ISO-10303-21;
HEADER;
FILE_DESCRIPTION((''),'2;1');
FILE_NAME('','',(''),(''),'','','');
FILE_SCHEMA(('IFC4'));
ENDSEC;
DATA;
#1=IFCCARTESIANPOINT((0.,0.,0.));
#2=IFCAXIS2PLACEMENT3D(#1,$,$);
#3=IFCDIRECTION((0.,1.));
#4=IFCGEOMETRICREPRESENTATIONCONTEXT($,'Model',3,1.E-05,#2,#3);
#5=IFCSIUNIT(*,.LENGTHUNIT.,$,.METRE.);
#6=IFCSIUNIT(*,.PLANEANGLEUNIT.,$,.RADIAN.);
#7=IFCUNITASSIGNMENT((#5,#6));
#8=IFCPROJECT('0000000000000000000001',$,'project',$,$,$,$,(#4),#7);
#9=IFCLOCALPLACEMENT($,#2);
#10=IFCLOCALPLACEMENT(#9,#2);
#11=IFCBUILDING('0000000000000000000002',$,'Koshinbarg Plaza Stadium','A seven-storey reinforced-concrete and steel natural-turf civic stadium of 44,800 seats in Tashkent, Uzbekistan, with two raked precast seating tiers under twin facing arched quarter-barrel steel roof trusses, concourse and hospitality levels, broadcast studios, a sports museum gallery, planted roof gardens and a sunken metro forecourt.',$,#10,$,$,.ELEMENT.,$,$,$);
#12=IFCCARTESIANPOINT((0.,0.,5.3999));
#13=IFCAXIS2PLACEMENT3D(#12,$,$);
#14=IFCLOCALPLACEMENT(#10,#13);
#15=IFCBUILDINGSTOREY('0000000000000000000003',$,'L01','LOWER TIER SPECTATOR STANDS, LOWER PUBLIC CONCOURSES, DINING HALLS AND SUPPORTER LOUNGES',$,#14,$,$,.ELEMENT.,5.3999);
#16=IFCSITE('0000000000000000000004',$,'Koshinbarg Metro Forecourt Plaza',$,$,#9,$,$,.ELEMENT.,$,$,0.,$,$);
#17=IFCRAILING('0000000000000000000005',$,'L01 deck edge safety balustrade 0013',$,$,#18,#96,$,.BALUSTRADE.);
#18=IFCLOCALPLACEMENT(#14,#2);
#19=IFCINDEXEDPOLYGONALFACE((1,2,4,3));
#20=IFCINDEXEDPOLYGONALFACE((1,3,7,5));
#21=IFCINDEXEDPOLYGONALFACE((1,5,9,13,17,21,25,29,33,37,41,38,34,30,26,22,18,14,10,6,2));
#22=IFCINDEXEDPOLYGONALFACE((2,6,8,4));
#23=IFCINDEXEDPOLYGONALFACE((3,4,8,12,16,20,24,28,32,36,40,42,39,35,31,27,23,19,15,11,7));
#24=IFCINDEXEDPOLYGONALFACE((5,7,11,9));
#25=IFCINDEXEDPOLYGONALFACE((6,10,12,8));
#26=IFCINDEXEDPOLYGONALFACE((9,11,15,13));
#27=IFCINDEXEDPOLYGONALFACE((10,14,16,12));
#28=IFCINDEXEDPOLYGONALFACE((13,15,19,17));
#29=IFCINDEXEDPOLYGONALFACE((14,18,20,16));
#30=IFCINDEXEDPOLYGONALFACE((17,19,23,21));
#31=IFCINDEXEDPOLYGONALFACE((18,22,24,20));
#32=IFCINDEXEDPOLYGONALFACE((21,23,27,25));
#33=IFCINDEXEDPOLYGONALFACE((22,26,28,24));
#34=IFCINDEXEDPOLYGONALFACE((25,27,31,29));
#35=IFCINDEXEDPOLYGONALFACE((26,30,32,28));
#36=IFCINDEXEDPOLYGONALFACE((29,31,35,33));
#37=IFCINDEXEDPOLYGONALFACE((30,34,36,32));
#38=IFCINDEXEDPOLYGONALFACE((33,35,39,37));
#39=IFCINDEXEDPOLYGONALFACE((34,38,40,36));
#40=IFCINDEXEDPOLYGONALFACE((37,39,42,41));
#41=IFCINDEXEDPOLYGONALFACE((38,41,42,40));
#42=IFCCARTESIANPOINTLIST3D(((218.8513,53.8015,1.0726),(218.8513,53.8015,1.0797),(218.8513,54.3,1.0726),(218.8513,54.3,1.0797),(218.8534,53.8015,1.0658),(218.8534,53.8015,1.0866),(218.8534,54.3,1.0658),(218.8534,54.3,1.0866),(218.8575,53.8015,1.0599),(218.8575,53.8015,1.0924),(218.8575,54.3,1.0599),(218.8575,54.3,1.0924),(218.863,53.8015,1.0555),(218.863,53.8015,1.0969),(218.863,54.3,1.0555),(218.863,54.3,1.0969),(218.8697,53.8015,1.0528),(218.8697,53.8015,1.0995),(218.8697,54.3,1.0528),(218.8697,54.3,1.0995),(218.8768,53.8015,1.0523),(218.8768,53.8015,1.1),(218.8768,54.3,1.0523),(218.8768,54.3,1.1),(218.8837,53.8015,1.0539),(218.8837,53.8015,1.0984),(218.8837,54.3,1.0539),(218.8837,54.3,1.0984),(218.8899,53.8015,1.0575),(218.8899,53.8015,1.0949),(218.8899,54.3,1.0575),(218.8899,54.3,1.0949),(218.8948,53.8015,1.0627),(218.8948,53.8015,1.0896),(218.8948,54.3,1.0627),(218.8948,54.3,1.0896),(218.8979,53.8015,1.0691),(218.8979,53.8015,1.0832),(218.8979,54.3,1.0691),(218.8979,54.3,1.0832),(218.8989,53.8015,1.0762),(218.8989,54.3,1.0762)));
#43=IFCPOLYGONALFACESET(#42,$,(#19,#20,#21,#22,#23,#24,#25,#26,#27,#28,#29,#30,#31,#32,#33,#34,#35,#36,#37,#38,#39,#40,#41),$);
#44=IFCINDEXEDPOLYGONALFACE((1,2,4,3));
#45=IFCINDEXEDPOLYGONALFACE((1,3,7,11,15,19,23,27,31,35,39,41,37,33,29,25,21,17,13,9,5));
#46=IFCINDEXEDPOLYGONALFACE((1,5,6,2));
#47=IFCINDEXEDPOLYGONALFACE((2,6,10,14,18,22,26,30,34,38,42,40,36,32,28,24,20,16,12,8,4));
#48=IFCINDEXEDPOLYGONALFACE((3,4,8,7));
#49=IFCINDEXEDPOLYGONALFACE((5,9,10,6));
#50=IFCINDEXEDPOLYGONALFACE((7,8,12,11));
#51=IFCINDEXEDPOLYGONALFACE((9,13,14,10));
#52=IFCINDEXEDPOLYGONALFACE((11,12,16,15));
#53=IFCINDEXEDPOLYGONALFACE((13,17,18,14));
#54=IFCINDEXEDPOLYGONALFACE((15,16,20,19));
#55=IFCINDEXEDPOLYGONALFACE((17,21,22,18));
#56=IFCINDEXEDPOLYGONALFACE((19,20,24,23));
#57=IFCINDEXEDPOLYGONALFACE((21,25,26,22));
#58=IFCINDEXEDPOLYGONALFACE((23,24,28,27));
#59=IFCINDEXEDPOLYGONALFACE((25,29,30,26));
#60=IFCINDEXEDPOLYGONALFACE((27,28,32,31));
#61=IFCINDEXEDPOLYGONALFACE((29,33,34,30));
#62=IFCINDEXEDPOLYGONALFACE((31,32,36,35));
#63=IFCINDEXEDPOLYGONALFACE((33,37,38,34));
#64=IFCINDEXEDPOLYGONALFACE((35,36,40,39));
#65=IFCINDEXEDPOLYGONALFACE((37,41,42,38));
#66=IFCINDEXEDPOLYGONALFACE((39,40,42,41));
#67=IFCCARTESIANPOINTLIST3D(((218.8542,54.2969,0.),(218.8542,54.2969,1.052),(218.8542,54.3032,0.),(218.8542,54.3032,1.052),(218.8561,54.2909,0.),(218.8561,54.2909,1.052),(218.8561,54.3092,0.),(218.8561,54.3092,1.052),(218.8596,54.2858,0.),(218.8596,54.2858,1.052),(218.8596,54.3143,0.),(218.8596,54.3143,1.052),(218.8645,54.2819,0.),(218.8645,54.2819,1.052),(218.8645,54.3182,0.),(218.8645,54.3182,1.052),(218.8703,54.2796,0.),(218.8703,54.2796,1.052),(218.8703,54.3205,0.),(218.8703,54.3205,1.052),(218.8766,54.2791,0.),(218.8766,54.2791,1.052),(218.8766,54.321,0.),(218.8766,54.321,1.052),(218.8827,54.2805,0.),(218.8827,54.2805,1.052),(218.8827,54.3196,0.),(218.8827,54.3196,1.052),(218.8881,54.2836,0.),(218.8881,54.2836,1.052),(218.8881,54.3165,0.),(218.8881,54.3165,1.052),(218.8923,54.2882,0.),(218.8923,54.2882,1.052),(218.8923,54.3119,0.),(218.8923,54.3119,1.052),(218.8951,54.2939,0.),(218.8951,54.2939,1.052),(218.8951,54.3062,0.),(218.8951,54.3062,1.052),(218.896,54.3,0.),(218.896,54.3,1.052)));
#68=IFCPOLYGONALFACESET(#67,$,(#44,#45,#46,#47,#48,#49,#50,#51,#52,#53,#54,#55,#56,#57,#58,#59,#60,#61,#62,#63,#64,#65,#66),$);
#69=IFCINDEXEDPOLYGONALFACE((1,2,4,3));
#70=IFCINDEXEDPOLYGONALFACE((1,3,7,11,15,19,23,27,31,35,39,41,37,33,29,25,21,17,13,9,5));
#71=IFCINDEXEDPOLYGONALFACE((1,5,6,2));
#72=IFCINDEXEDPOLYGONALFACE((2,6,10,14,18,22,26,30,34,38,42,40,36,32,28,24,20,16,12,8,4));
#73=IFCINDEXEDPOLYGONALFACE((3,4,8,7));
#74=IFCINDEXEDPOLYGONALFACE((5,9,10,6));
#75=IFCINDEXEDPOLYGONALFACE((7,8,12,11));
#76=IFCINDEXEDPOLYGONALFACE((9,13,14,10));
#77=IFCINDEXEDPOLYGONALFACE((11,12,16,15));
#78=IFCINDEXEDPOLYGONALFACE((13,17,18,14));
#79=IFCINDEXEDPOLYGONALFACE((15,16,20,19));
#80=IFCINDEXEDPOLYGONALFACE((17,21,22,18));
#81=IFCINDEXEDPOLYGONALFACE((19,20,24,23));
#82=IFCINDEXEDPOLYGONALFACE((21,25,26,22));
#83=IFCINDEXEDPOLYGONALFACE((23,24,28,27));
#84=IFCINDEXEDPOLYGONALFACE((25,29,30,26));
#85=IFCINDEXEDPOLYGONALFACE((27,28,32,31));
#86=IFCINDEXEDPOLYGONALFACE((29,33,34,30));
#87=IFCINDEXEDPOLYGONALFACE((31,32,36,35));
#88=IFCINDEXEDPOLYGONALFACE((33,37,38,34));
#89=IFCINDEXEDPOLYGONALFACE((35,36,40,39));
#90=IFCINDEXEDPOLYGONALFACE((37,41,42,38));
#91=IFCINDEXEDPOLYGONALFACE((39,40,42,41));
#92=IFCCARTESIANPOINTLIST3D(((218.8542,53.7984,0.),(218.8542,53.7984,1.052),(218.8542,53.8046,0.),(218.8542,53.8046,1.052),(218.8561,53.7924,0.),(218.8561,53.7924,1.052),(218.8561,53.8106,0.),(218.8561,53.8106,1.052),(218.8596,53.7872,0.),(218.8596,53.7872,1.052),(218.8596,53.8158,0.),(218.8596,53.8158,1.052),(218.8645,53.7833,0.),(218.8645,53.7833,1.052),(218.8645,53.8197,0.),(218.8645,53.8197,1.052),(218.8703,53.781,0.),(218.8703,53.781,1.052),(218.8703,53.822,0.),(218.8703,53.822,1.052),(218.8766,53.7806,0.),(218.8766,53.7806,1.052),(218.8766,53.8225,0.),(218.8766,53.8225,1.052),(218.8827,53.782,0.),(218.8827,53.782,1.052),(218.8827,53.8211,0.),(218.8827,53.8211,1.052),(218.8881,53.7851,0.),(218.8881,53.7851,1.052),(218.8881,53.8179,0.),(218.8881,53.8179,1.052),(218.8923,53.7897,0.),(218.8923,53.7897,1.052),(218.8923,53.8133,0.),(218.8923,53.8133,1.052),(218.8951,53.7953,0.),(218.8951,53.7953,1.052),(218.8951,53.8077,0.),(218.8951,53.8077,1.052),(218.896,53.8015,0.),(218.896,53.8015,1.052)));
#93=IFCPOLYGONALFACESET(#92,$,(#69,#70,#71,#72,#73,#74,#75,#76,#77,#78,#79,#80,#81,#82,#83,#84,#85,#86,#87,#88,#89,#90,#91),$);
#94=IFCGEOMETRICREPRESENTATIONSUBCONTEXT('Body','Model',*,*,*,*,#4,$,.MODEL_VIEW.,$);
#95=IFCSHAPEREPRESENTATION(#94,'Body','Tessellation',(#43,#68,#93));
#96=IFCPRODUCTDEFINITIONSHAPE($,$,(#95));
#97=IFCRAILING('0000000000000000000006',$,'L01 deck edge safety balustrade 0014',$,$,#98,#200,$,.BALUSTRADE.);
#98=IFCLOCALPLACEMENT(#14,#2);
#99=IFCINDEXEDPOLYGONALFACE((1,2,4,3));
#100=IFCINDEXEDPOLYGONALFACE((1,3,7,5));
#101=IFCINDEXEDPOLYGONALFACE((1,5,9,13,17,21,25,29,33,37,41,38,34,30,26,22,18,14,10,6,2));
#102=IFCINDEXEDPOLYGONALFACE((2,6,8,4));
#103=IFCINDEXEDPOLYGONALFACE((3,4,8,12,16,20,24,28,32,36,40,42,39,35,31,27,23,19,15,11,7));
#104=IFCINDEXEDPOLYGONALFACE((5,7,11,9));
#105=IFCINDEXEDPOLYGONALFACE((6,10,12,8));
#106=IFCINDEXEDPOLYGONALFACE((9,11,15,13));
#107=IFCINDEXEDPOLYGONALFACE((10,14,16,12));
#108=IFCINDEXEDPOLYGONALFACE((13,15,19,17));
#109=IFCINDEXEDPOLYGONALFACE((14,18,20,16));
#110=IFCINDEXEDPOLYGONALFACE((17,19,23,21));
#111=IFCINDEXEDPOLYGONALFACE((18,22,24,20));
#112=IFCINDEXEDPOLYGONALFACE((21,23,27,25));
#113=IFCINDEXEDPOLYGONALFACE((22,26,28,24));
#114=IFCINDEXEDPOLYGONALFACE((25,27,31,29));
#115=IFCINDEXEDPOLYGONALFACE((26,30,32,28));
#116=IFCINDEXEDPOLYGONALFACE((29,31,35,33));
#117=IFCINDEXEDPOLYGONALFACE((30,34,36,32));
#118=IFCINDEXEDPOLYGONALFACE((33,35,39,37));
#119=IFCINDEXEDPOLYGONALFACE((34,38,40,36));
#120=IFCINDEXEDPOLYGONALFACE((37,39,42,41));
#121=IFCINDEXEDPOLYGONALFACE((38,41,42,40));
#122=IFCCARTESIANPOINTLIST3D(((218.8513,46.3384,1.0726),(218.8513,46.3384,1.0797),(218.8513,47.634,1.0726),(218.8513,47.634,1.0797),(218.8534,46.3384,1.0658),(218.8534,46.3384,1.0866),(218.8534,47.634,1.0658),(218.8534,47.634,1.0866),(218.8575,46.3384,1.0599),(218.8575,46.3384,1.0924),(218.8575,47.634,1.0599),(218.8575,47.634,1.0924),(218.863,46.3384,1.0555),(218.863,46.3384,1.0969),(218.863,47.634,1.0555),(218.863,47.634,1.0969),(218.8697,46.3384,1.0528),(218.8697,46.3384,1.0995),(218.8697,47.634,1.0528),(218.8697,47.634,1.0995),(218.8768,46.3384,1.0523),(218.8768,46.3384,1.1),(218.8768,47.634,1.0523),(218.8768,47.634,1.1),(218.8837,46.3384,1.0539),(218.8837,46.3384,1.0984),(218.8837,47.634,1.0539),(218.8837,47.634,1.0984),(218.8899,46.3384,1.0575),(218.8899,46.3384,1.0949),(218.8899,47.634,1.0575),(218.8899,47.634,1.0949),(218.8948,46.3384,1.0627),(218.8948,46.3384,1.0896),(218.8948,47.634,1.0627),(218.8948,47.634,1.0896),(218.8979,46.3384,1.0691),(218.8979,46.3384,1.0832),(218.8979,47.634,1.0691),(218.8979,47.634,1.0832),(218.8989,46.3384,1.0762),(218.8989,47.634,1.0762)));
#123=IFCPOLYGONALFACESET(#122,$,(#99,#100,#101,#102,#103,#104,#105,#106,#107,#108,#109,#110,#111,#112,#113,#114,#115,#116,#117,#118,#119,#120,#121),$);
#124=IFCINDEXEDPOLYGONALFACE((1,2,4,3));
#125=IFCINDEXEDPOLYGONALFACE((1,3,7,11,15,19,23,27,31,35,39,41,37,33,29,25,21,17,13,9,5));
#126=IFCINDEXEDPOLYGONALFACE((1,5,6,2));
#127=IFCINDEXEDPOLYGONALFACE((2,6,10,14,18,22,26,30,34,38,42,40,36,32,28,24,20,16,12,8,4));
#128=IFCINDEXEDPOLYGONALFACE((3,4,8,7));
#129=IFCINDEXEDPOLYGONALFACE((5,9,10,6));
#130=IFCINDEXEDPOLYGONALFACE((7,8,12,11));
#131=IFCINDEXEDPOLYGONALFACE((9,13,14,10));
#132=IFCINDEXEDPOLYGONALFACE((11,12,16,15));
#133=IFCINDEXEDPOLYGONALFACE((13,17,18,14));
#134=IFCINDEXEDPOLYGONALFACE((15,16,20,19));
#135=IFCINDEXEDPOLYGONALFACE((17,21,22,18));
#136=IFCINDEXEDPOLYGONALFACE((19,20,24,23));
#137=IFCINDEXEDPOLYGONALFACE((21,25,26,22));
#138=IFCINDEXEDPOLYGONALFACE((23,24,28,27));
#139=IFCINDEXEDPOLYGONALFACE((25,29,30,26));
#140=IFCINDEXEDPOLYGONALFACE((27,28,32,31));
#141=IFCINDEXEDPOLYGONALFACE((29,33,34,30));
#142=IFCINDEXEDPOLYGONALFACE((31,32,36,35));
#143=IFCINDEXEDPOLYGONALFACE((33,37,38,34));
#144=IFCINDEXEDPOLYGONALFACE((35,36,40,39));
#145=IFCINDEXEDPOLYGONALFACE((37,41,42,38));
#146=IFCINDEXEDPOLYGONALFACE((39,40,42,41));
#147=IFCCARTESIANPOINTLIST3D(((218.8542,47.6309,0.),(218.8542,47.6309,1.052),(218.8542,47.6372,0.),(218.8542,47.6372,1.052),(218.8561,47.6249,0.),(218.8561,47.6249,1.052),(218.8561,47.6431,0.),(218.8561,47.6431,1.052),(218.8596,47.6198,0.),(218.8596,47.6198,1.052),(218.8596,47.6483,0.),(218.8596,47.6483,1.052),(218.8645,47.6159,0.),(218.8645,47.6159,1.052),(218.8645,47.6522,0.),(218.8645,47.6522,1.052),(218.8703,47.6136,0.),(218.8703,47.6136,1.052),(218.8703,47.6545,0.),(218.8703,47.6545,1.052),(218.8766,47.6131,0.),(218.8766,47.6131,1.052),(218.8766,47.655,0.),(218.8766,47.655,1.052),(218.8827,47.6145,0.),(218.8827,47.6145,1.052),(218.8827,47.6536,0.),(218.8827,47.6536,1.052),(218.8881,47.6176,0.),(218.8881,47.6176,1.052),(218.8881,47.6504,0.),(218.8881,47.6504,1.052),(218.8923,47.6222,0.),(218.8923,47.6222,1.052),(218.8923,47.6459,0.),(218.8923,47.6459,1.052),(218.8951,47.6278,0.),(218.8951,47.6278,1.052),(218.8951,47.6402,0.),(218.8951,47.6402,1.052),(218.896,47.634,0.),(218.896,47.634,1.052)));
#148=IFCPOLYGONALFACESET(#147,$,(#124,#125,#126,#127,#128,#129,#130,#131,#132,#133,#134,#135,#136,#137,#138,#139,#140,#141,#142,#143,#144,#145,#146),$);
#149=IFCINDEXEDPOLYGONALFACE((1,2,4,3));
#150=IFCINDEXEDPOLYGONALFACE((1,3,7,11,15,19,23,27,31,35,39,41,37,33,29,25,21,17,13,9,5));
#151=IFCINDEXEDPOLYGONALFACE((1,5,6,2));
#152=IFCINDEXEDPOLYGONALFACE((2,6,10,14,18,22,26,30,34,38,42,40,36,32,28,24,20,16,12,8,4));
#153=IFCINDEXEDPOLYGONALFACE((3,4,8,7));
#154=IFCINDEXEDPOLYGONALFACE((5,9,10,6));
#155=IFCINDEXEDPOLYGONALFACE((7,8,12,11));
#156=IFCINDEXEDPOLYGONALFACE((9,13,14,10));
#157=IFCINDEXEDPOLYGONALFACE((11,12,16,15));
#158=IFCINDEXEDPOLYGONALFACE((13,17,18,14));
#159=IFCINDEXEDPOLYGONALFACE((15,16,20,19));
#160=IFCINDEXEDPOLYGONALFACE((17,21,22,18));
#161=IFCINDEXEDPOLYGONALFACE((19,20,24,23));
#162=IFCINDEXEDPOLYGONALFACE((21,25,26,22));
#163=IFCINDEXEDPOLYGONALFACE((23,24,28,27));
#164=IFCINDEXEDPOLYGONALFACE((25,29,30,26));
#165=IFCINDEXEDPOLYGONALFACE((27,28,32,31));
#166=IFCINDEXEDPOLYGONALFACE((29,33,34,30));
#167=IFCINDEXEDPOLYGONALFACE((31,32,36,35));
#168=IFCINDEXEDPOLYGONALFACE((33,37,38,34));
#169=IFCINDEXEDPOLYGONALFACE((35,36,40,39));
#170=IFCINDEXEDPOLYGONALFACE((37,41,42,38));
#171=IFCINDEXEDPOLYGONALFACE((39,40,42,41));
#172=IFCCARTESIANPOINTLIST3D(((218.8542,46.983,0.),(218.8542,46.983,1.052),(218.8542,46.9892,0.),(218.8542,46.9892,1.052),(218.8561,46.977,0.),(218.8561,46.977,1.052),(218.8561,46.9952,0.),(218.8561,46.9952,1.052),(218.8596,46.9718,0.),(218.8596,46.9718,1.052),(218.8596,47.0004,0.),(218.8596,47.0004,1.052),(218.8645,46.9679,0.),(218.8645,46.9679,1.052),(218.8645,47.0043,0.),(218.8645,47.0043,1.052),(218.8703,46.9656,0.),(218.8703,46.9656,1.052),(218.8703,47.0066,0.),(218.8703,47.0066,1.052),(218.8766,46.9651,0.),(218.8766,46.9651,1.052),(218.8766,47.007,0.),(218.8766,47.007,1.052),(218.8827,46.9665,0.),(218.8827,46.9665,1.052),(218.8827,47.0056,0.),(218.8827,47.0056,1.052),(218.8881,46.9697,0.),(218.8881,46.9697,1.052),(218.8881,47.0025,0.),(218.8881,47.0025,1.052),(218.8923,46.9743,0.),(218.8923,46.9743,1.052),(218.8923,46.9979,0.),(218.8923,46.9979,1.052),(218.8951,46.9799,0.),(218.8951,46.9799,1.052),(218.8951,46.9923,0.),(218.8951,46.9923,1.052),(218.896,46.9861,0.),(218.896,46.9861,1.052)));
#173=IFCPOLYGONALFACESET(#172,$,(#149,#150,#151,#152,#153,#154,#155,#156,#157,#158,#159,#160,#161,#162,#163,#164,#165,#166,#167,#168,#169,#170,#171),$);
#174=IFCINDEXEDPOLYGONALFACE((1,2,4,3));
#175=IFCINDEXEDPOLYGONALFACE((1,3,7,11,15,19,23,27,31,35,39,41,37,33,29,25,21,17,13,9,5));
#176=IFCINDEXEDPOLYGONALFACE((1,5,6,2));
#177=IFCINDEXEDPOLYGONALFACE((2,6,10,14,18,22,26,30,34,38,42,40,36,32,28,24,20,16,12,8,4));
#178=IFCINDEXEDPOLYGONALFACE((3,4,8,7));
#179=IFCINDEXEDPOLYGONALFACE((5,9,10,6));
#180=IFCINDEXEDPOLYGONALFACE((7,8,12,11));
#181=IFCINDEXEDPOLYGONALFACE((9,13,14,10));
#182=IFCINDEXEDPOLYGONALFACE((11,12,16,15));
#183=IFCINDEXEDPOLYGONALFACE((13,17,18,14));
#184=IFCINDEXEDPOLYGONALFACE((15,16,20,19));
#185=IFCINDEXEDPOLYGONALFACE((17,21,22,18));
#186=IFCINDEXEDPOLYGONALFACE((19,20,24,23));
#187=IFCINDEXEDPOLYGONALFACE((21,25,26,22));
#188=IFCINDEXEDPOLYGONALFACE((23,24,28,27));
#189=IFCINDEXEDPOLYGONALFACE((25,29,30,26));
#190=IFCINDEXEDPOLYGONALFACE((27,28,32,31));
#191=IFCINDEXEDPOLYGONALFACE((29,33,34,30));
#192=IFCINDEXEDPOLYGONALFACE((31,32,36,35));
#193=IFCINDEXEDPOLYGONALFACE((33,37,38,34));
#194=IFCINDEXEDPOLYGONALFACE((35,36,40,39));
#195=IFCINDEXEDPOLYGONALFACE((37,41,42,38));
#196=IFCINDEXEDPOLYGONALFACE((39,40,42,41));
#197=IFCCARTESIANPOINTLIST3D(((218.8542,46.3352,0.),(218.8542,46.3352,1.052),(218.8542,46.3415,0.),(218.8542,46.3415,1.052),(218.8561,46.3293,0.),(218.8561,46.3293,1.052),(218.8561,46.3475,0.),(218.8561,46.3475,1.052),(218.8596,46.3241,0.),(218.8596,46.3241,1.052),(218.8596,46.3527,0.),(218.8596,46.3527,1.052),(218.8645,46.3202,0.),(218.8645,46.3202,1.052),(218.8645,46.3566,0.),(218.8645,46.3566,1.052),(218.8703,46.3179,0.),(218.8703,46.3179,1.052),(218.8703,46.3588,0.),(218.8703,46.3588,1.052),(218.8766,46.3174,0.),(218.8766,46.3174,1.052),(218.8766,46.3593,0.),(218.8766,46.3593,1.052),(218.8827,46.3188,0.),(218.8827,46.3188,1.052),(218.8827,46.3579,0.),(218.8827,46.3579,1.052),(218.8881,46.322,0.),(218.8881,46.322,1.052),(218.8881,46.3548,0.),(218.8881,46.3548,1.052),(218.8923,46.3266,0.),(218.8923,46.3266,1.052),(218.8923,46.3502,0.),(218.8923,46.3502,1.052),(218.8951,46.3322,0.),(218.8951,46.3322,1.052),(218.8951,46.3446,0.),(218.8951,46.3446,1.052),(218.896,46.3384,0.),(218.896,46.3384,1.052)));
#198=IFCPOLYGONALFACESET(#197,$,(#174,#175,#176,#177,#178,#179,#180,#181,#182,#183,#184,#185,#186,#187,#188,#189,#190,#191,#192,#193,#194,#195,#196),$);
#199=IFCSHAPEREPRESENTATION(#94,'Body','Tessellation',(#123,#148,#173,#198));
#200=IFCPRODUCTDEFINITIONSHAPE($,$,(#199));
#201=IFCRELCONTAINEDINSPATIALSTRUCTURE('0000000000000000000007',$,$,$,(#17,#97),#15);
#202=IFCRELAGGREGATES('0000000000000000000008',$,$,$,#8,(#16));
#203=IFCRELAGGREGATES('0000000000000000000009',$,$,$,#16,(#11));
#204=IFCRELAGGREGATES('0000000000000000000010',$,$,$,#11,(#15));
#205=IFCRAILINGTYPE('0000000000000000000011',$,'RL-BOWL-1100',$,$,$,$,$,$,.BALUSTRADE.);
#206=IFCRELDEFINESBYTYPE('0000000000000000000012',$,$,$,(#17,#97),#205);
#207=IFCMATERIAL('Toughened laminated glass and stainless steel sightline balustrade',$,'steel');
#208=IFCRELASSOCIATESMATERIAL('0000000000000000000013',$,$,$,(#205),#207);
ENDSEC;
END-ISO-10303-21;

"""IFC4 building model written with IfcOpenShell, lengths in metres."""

from ifc_helpers import new_model, si_unit, direction, frame, origin, origin_2d, place, context, subcontext, project, spatial, circle, extrude, material, type_object, element, save


model = new_model("IFC4")

# Units and contexts
model_context = context("Model", 3, precision=1e-05, world=origin(), true_north=direction((0.0, 1.0)))
body_context = subcontext(model_context, "Body", "Model", "MODEL_VIEW")
ifc_project = project(units=[si_unit("LENGTHUNIT", "METRE"), si_unit("PLANEANGLEUNIT", "RADIAN")], contexts=[model_context])

# Site, building, storey
site_placement = place(None, origin())
site = spatial("IfcSite", under=ifc_project, at=site_placement, Name="Koshinbarg Metro Forecourt Plaza", CompositionType="ELEMENT", RefElevation=0.0)
building_placement = place(site_placement, origin())
building = spatial("IfcBuilding", under=site, at=building_placement, Name="Koshinbarg Plaza Stadium", Description="A seven-storey reinforced-concrete and steel natural-turf civic stadium of 44,800 seats in Tashkent, Uzbekistan, with two raked precast seating tiers under twin facing arched quarter-barrel steel roof trusses, concourse and hospitality levels, broadcast studios, a sports museum gallery, planted roof gardens and a sunken metro forecourt.", CompositionType="ELEMENT")
storey_placement = place(building_placement, frame((0.0, 0.0, 5.3999)))
storey = spatial("IfcBuildingStorey", under=building, at=storey_placement, Name="L01", Description="LOWER TIER SPECTATOR STANDS, LOWER PUBLIC CONCOURSES, DINING HALLS AND SUPPORTER LOUNGES", CompositionType="ELEMENT", Elevation=5.3999)

# Railings
ifc_material_1 = material(Name="Toughened laminated glass and stainless steel sightline balustrade", Category="steel")
railing_type = type_object("IfcRailingType", Name="RL-BOWL-1100", PredefinedType="BALUSTRADE", material=ifc_material_1)
railing_1_placement = place(storey_placement, frame((218.875, 54.3, 0.0)))
element("IfcRailing", 1, at=railing_1_placement, inside=storey, type_object=railing_type, Name="L01 deck edge safety balustrade 0013", PredefinedType="BALUSTRADE", context=body_context, shape_type="SweptSolid", body=[
    extrude(circle(Radius=0.0239, at=origin_2d()), frame((0.0, 0.0, 1.0762), z_axis=(0.0, -1.0, 0.0), x_axis=(1.0, 0.0, 0.0)), (0.0, 0.0, 1.0), 0.4985),
    extrude(circle(Radius=0.021, at=origin_2d()), origin(), (0.0, 0.0, 1.0), 1.052),
    extrude(circle(Radius=0.021, at=origin_2d()), frame((0.0, -0.4985, 0.0)), (0.0, 0.0, 1.0), 1.052),
])
railing_2_placement = place(storey_placement, frame((218.875, 47.634, 0.0)))
element("IfcRailing", 2, at=railing_2_placement, inside=storey, type_object=railing_type, Name="L01 deck edge safety balustrade 0014", PredefinedType="BALUSTRADE", context=body_context, shape_type="SweptSolid", body=[
    extrude(circle(Radius=0.0239, at=origin_2d()), frame((0.0, 0.0, 1.0762), z_axis=(0.0, -1.0, 0.0), x_axis=(1.0, 0.0, 0.0)), (0.0, 0.0, 1.0), 1.2957),
    extrude(circle(Radius=0.021, at=origin_2d()), origin(), (0.0, 0.0, 1.0), 1.052),
    extrude(circle(Radius=0.021, at=origin_2d()), frame((0.0, -0.6479, 0.0)), (0.0, 0.0, 1.0), 1.052),
    extrude(circle(Radius=0.021, at=origin_2d()), frame((0.0, -1.2957, 0.0)), (0.0, 0.0, 1.0), 1.052),
])

save(model, "model.ifc")
